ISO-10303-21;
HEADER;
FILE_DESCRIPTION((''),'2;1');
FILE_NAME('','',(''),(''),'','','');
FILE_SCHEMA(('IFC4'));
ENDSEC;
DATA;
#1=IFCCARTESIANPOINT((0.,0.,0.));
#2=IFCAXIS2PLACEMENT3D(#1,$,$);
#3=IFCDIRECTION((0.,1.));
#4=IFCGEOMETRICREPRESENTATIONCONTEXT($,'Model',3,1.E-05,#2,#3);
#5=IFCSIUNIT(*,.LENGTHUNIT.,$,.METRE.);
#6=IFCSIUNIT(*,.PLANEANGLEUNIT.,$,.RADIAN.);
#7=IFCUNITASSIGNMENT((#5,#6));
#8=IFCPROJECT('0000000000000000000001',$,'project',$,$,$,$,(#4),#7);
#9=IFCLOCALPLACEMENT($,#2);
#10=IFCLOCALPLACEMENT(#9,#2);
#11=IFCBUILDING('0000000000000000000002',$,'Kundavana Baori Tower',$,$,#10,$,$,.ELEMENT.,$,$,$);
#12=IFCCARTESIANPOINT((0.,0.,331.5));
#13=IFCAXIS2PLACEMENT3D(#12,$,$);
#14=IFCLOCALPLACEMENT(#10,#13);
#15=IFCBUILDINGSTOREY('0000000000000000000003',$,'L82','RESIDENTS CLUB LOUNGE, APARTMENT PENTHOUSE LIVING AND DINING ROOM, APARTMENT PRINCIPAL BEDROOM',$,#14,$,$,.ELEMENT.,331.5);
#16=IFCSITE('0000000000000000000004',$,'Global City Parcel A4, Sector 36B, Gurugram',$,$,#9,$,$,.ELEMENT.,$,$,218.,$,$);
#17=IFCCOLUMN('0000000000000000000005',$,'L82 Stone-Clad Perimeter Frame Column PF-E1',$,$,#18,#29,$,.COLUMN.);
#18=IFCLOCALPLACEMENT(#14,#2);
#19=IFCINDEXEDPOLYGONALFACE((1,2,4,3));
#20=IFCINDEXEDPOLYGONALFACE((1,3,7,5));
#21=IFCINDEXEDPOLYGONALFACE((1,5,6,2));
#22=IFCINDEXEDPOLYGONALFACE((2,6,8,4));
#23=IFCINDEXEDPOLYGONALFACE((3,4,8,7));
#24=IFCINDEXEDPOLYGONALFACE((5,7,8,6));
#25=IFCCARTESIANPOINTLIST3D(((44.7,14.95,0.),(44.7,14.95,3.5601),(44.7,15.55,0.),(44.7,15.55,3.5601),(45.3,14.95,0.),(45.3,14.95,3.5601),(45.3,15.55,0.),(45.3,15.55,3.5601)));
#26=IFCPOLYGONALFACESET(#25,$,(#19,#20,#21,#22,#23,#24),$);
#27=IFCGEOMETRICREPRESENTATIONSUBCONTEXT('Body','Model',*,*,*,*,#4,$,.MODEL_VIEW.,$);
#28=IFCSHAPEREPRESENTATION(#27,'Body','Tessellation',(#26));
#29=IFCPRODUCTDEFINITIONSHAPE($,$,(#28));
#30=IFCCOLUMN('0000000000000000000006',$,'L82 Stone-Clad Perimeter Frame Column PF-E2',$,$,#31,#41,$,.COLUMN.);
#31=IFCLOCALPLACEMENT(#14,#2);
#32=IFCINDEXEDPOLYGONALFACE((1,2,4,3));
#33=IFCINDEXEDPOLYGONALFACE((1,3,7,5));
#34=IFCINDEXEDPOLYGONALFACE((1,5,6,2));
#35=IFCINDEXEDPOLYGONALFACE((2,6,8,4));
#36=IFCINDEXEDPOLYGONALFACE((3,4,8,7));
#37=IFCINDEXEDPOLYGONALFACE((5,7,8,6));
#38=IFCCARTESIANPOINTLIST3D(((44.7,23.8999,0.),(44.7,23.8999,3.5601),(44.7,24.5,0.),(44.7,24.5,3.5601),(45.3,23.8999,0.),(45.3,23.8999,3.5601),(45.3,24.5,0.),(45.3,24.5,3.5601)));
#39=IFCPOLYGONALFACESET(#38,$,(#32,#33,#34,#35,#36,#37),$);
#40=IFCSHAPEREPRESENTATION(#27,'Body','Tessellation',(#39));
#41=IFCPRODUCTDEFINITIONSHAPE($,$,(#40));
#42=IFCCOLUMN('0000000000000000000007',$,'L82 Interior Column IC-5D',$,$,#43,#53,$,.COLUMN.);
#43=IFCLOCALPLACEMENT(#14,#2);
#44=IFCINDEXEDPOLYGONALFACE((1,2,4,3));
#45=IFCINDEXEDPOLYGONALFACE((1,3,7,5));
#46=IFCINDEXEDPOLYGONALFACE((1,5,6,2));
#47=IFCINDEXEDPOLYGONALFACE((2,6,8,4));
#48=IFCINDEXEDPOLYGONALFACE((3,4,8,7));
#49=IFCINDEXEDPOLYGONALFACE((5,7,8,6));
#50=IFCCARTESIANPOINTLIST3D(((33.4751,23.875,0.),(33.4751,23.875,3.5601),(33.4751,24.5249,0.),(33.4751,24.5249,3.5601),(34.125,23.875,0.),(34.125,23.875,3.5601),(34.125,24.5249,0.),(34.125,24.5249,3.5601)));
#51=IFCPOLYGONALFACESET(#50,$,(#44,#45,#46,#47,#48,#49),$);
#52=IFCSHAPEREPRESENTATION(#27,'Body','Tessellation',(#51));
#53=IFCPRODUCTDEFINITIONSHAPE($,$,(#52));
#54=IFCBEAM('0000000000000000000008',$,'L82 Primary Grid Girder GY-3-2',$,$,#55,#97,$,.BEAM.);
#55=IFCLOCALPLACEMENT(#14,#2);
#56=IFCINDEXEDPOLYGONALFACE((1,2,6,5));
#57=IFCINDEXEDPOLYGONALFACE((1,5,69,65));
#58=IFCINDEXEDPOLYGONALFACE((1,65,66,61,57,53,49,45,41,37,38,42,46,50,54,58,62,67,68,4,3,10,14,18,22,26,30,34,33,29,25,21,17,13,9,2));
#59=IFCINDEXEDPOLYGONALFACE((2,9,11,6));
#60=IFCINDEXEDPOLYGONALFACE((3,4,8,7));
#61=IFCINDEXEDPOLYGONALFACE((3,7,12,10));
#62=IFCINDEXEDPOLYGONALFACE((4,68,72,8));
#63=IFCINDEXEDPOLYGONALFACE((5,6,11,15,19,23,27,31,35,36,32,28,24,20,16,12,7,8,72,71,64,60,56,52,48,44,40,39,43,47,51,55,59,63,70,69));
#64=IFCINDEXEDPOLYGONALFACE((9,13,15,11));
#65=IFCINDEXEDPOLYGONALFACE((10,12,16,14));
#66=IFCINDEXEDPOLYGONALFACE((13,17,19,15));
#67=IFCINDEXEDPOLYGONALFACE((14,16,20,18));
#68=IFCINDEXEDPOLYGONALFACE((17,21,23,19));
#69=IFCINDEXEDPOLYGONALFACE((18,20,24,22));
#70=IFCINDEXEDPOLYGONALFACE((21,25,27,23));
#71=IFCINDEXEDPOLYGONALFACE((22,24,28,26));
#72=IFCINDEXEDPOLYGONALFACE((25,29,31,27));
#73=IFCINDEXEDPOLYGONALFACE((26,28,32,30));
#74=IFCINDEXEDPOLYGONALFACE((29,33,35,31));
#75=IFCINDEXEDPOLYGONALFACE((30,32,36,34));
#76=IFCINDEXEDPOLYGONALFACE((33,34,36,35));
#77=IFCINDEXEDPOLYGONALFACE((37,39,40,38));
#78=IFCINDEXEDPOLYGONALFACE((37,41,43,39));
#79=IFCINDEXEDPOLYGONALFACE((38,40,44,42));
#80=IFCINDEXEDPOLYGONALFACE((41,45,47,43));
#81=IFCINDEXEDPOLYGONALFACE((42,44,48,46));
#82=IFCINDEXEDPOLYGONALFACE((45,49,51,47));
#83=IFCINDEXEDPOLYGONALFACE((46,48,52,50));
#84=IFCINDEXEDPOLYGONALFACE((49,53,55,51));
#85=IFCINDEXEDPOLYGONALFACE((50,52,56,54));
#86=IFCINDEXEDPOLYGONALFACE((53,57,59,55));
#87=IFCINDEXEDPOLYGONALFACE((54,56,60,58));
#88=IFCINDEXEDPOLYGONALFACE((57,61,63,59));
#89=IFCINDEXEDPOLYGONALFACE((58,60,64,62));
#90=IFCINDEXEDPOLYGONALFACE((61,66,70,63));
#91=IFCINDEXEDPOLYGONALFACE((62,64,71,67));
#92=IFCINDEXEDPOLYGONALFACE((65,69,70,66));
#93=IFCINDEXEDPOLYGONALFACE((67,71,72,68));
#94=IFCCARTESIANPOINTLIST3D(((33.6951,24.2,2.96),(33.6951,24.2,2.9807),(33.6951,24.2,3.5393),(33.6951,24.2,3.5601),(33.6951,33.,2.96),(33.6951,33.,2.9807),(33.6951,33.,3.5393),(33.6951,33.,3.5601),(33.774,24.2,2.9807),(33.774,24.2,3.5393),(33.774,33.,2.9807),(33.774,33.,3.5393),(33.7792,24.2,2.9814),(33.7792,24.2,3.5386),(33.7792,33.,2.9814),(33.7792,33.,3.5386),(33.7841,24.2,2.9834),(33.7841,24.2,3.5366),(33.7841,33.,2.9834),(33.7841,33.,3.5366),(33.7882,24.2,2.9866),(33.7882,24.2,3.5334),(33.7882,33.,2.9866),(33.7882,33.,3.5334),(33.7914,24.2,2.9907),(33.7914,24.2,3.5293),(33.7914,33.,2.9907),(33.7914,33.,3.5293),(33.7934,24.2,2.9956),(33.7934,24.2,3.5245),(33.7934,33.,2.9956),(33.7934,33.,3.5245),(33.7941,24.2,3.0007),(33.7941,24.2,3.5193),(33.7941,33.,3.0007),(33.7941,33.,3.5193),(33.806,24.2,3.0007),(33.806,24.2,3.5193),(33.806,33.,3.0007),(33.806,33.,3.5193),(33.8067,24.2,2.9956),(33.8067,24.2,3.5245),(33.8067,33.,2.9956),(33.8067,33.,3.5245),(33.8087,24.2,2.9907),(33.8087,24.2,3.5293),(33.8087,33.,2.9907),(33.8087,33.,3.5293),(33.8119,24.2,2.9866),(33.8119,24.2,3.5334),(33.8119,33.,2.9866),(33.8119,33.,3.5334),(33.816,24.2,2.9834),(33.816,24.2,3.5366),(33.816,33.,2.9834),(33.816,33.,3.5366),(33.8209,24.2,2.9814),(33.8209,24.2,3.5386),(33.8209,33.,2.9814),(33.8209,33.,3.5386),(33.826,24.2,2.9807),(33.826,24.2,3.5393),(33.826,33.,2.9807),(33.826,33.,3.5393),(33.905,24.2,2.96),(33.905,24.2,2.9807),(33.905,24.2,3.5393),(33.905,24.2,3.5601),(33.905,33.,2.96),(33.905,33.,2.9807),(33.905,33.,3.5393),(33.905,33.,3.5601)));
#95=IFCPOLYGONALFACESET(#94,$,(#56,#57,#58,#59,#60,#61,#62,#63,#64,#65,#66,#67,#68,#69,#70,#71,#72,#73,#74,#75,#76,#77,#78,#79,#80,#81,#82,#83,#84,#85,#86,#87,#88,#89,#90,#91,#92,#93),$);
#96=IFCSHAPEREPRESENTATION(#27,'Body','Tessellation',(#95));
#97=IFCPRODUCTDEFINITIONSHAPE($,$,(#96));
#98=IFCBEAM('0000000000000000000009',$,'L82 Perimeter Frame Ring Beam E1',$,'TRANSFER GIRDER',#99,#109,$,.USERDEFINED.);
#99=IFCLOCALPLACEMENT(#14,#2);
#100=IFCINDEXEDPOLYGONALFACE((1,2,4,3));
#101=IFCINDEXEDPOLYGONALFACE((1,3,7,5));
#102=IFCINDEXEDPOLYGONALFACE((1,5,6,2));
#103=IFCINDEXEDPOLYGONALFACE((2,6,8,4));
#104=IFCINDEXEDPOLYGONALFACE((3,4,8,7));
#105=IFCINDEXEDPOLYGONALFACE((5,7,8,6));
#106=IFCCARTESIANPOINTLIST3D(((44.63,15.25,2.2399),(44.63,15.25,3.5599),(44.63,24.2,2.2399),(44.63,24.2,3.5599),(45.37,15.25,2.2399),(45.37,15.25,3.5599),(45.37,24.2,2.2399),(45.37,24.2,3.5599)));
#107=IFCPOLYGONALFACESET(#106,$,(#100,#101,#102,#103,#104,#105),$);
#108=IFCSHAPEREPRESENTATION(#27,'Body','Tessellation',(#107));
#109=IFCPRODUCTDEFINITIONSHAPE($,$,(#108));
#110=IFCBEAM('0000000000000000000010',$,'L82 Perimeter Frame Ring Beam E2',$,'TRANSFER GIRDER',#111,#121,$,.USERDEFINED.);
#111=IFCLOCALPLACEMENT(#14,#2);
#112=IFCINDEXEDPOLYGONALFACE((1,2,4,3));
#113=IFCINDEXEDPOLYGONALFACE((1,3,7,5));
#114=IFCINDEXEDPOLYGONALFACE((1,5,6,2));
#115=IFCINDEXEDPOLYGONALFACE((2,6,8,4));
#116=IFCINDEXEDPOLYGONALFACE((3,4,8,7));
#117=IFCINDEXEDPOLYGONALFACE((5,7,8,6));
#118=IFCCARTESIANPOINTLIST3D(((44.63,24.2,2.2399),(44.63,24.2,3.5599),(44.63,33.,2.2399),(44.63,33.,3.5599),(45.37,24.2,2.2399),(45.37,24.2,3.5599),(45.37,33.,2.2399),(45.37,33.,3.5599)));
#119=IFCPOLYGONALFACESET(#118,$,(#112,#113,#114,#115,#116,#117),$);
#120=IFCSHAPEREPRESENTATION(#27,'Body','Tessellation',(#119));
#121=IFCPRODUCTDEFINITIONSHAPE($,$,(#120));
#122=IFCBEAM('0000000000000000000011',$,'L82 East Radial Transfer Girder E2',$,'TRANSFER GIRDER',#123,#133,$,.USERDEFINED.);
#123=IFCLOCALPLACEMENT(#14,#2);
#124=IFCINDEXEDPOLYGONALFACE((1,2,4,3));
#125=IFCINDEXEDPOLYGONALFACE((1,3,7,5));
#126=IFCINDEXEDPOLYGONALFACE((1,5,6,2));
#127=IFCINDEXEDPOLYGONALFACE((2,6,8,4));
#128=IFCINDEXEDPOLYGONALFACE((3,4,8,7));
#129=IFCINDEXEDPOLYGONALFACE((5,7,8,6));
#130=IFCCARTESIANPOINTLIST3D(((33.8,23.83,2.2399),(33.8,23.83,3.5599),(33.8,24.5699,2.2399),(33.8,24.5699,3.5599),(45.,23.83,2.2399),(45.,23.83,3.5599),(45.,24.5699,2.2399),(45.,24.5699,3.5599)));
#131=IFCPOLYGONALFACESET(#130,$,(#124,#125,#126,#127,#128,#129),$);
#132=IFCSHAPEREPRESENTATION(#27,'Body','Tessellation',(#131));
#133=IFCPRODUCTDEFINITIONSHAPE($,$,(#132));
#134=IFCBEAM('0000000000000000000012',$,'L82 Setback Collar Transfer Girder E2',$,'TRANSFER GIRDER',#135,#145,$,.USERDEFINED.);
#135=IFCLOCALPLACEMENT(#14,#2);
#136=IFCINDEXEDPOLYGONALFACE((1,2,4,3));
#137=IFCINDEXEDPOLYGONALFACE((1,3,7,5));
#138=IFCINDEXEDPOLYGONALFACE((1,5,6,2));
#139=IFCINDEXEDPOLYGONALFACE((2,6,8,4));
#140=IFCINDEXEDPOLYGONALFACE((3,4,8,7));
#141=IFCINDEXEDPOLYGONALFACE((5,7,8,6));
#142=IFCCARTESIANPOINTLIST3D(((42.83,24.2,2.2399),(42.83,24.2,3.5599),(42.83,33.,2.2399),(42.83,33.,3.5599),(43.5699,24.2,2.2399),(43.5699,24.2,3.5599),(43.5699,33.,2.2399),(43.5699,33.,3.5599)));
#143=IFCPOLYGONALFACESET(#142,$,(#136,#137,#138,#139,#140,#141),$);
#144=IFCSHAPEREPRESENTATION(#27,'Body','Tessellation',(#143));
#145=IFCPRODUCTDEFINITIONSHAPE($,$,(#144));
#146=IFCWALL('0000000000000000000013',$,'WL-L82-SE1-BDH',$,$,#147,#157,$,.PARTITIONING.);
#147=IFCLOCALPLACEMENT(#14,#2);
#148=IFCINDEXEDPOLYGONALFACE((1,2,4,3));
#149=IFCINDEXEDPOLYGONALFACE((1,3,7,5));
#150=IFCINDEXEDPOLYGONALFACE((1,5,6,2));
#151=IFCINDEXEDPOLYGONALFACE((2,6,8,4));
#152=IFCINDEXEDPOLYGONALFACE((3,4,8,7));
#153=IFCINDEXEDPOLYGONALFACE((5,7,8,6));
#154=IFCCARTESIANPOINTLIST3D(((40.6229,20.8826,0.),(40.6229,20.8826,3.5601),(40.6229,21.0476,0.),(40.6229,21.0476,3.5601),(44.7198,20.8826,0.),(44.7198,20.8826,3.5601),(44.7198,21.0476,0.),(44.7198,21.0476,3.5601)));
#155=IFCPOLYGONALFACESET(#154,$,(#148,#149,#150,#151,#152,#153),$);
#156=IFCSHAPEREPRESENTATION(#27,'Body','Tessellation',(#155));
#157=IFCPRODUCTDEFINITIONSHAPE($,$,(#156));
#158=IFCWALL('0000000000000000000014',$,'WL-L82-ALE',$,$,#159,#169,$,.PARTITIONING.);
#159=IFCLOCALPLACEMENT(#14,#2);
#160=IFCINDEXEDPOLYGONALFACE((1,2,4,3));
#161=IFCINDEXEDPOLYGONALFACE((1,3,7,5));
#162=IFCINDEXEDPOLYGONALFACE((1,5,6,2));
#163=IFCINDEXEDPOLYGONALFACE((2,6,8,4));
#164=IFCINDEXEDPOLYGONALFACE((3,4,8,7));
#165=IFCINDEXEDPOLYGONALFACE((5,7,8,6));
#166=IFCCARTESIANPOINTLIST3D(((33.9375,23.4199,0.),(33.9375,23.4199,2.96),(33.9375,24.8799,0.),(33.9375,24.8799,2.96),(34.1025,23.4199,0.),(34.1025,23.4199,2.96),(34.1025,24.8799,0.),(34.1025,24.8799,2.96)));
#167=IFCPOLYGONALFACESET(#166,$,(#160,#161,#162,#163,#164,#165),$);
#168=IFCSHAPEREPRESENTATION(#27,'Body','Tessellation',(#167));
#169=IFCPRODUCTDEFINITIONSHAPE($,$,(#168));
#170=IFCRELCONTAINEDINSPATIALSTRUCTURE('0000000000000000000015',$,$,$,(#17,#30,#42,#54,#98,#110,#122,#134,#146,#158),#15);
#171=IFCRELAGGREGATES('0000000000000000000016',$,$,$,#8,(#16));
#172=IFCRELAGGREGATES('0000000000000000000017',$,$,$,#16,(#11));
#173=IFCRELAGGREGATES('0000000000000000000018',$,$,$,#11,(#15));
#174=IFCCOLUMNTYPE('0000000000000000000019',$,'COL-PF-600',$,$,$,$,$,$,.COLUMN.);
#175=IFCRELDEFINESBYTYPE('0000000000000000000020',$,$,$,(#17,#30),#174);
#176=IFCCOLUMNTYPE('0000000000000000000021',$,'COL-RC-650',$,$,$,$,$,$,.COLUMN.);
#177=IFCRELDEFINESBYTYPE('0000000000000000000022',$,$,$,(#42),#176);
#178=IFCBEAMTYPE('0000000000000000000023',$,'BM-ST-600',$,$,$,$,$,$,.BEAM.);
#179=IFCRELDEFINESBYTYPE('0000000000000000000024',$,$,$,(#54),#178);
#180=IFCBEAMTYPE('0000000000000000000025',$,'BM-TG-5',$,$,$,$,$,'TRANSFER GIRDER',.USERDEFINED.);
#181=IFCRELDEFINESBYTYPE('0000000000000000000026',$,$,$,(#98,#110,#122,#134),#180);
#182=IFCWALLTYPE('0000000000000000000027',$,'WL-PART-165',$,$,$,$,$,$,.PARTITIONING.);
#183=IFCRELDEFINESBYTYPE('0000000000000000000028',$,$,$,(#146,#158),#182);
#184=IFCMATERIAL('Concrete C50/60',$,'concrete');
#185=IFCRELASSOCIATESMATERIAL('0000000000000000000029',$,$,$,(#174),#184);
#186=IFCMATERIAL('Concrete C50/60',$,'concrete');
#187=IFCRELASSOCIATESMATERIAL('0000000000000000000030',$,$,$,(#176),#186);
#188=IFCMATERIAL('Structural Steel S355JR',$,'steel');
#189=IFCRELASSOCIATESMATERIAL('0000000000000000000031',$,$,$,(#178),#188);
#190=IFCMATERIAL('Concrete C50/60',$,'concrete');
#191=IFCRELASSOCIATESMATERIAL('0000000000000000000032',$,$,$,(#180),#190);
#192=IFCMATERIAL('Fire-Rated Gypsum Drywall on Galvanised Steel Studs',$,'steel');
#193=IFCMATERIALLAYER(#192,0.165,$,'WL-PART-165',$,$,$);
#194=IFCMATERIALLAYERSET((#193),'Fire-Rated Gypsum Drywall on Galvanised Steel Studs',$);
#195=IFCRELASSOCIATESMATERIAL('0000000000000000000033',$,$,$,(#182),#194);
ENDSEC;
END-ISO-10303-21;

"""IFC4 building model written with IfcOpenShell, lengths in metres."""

from ifc_helpers import new_model, si_unit, direction, frame, frame_2d, origin, origin_2d, place, context, subcontext, project, spatial, rectangle, i_section, extrude, material, layer, layer_set, material_profile, profile_set, type_object, element, save


model = new_model("IFC4")

# Units and contexts
model_context = context("Model", 3, precision=1e-05, world=origin(), true_north=direction((0.0, 1.0)))
body_context = subcontext(model_context, "Body", "Model", "MODEL_VIEW")
ifc_project = project(units=[si_unit("LENGTHUNIT", "METRE"), si_unit("PLANEANGLEUNIT", "RADIAN")], contexts=[model_context])

# Site, building, storey
site_placement = place(None, origin())
site = spatial("IfcSite", under=ifc_project, at=site_placement, Name="Global City Parcel A4, Sector 36B, Gurugram", CompositionType="ELEMENT", RefElevation=218.0)
building_placement = place(site_placement, origin())
building = spatial("IfcBuilding", under=site, at=building_placement, Name="Kundavana Baori Tower", CompositionType="ELEMENT")
storey_placement = place(building_placement, frame((0.0, 0.0, 331.5)))
storey = spatial("IfcBuildingStorey", under=building, at=storey_placement, Name="L82", Description="RESIDENTS CLUB LOUNGE, APARTMENT PENTHOUSE LIVING AND DINING ROOM, APARTMENT PRINCIPAL BEDROOM", CompositionType="ELEMENT", Elevation=331.5)

# Columns
ifc_material_1 = material(Name="Concrete C50/60", Category="concrete")
ifc_material_profile_1 = material_profile(ifc_material_1, rectangle(XDim=0.6001, YDim=0.6001, at=origin_2d()), Name="RC PF 600x600")
ifc_profile_set_1 = profile_set([ifc_material_profile_1], Name="Concrete C50/60")
column_type_1 = type_object("IfcColumnType", Name="COL-PF-600", PredefinedType="COLUMN", material=ifc_profile_set_1)
for number, where, z_axis, x_axis, name in (
    (1, (45.0, 15.25, 0.0), (0.0, 0.0, 1.0), (1.0, 0.0, 0.0), "L82 Stone-Clad Perimeter Frame Column PF-E1"),
    (2, (45.0, 24.2, 0.0), (0.0, 0.0, 1.0), (1.0, 0.0, 0.0), "L82 Stone-Clad Perimeter Frame Column PF-E2"),
):
    element("IfcColumn", number, at=place(storey_placement, frame(where, z_axis=z_axis, x_axis=x_axis)), inside=storey, type_object=column_type_1, Name=name, PredefinedType="COLUMN", context=body_context, shape_type="SweptSolid", body=[
        extrude(rectangle(XDim=0.6001, YDim=0.6001, at=origin_2d()), origin(), (0.0, 0.0, 1.0), 3.5601),
    ])
ifc_material_2 = material(Name="Concrete C50/60", Category="concrete")
ifc_material_profile_2 = material_profile(ifc_material_2, rectangle(XDim=0.6499, YDim=0.6499, at=origin_2d()), Name="RC 650x650")
ifc_profile_set_2 = profile_set([ifc_material_profile_2], Name="Concrete C50/60")
column_type_2 = type_object("IfcColumnType", Name="COL-RC-650", PredefinedType="COLUMN", material=ifc_profile_set_2)
column_placement = place(storey_placement, frame((33.8, 24.2, 0.0), z_axis=(0.0, 0.0, 1.0), x_axis=(1.0, 0.0, 0.0)))
element("IfcColumn", 3, at=column_placement, inside=storey, type_object=column_type_2, Name="L82 Interior Column IC-5D", PredefinedType="COLUMN", context=body_context, shape_type="SweptSolid", body=[
    extrude(rectangle(XDim=0.6499, YDim=0.6499, at=origin_2d()), origin(), (0.0, 0.0, 1.0), 3.5601),
])

# Beams
ifc_material_3 = material(Name="Structural Steel S355JR", Category="steel")
ifc_material_profile_3 = material_profile(ifc_material_3, i_section(OverallWidth=0.21, OverallDepth=0.6001, WebThickness=0.012, FlangeThickness=0.0208, FilletRadius=0.02, at=origin_2d()), Name="ISMB 600")
ifc_profile_set_3 = profile_set([ifc_material_profile_3], Name="Structural Steel S355JR")
beam_type_1 = type_object("IfcBeamType", Name="BM-ST-600", PredefinedType="BEAM", material=ifc_profile_set_3)
beam_1_placement = place(storey_placement, frame((33.8, 24.2, 3.26), z_axis=(0.0, 1.0, 0.0), x_axis=(-1.0, 0.0, 0.0)))
element("IfcBeam", 4, at=beam_1_placement, inside=storey, type_object=beam_type_1, Name="L82 Primary Grid Girder GY-3-2", PredefinedType="BEAM", context=body_context, shape_type="SweptSolid", body=[
    extrude(i_section(OverallWidth=0.21, OverallDepth=0.6001, WebThickness=0.012, FlangeThickness=0.0208, FilletRadius=0.02, at=origin_2d()), origin(), (0.0, 0.0, 1.0), 8.8),
])
ifc_material_4 = material(Name="Concrete C50/60", Category="concrete")
ifc_material_profile_4 = material_profile(ifc_material_4, rectangle(XDim=0.74, YDim=1.3201, at=origin_2d()), Name="BM-TG-5")
ifc_profile_set_4 = profile_set([ifc_material_profile_4], Name="Concrete C50/60")
beam_type_2 = type_object("IfcBeamType", Name="BM-TG-5", ElementType="TRANSFER GIRDER", PredefinedType="USERDEFINED", material=ifc_profile_set_4)
beam_2_placement = place(storey_placement, frame((45.0, 15.25, 2.8999), z_axis=(0.0, 1.0, 0.0), x_axis=(-1.0, 0.0, 0.0)))
element("IfcBeam", 5, at=beam_2_placement, inside=storey, type_object=beam_type_2, Name="L82 Perimeter Frame Ring Beam E1", ObjectType="TRANSFER GIRDER", PredefinedType="USERDEFINED", context=body_context, shape_type="SweptSolid", body=[
    extrude(rectangle(XDim=0.74, YDim=1.3201, at=origin_2d()), origin(), (0.0, 0.0, 1.0), 8.95),
])
beam_3_placement = place(storey_placement, frame((45.0, 24.2, 2.8999), z_axis=(0.0, 1.0, 0.0), x_axis=(-1.0, 0.0, 0.0)))
element("IfcBeam", 6, at=beam_3_placement, inside=storey, type_object=beam_type_2, Name="L82 Perimeter Frame Ring Beam E2", ObjectType="TRANSFER GIRDER", PredefinedType="USERDEFINED", context=body_context, shape_type="SweptSolid", body=[
    extrude(rectangle(XDim=0.74, YDim=1.3201, at=origin_2d()), origin(), (0.0, 0.0, 1.0), 8.8),
])
beam_4_placement = place(storey_placement, frame((33.8, 24.2, 2.8999), z_axis=(1.0, 0.0, 0.0), x_axis=(0.0, 1.0, 0.0)))
element("IfcBeam", 7, at=beam_4_placement, inside=storey, type_object=beam_type_2, Name="L82 East Radial Transfer Girder E2", ObjectType="TRANSFER GIRDER", PredefinedType="USERDEFINED", context=body_context, shape_type="SweptSolid", body=[
    extrude(rectangle(XDim=0.74, YDim=1.3201, at=origin_2d()), origin(), (0.0, 0.0, 1.0), 11.2),
])
beam_5_placement = place(storey_placement, frame((43.2, 24.2, 2.8999), z_axis=(0.0, 1.0, 0.0), x_axis=(-1.0, 0.0, 0.0)))
element("IfcBeam", 8, at=beam_5_placement, inside=storey, type_object=beam_type_2, Name="L82 Setback Collar Transfer Girder E2", ObjectType="TRANSFER GIRDER", PredefinedType="USERDEFINED", context=body_context, shape_type="SweptSolid", body=[
    extrude(rectangle(XDim=0.74, YDim=1.3201, at=origin_2d()), origin(), (0.0, 0.0, 1.0), 8.8),
])

# Walls
ifc_material_5 = material(Name="Fire-Rated Gypsum Drywall on Galvanised Steel Studs", Category="steel")
ifc_layer_1 = layer(ifc_material_5, 0.165, Name="WL-PART-165")
ifc_layer_set_1 = layer_set([ifc_layer_1], Name="Fire-Rated Gypsum Drywall on Galvanised Steel Studs")
wall_type_1 = type_object("IfcWallType", Name="WL-PART-165", PredefinedType="PARTITIONING", material=ifc_layer_set_1)
wall_1_placement = place(storey_placement, frame((40.623, 20.9651, 0.0), z_axis=(0.0, 0.0, 1.0), x_axis=(1.0, 0.0, 0.0)))
element("IfcWall", 9, at=wall_1_placement, inside=storey, type_object=wall_type_1, Name="WL-L82-SE1-BDH", PredefinedType="PARTITIONING", context=body_context, shape_type="SweptSolid", body=[
    extrude(rectangle(XDim=4.0969, YDim=0.165, at=frame_2d((2.0483, 0.0))), origin(), (0.0, 0.0, 1.0), 3.5601),
])
wall_2_placement = place(storey_placement, frame((34.02, 23.4199, 0.0), z_axis=(0.0, 0.0, 1.0), x_axis=(0.0, 1.0, 0.0)))
element("IfcWall", 10, at=wall_2_placement, inside=storey, type_object=wall_type_1, Name="WL-L82-ALE", PredefinedType="PARTITIONING", context=body_context, shape_type="SweptSolid", body=[
    extrude(rectangle(XDim=1.46, YDim=0.165, at=frame_2d((0.73, 0.0))), origin(), (0.0, 0.0, 1.0), 2.96),
])

save(model, "model.ifc")
